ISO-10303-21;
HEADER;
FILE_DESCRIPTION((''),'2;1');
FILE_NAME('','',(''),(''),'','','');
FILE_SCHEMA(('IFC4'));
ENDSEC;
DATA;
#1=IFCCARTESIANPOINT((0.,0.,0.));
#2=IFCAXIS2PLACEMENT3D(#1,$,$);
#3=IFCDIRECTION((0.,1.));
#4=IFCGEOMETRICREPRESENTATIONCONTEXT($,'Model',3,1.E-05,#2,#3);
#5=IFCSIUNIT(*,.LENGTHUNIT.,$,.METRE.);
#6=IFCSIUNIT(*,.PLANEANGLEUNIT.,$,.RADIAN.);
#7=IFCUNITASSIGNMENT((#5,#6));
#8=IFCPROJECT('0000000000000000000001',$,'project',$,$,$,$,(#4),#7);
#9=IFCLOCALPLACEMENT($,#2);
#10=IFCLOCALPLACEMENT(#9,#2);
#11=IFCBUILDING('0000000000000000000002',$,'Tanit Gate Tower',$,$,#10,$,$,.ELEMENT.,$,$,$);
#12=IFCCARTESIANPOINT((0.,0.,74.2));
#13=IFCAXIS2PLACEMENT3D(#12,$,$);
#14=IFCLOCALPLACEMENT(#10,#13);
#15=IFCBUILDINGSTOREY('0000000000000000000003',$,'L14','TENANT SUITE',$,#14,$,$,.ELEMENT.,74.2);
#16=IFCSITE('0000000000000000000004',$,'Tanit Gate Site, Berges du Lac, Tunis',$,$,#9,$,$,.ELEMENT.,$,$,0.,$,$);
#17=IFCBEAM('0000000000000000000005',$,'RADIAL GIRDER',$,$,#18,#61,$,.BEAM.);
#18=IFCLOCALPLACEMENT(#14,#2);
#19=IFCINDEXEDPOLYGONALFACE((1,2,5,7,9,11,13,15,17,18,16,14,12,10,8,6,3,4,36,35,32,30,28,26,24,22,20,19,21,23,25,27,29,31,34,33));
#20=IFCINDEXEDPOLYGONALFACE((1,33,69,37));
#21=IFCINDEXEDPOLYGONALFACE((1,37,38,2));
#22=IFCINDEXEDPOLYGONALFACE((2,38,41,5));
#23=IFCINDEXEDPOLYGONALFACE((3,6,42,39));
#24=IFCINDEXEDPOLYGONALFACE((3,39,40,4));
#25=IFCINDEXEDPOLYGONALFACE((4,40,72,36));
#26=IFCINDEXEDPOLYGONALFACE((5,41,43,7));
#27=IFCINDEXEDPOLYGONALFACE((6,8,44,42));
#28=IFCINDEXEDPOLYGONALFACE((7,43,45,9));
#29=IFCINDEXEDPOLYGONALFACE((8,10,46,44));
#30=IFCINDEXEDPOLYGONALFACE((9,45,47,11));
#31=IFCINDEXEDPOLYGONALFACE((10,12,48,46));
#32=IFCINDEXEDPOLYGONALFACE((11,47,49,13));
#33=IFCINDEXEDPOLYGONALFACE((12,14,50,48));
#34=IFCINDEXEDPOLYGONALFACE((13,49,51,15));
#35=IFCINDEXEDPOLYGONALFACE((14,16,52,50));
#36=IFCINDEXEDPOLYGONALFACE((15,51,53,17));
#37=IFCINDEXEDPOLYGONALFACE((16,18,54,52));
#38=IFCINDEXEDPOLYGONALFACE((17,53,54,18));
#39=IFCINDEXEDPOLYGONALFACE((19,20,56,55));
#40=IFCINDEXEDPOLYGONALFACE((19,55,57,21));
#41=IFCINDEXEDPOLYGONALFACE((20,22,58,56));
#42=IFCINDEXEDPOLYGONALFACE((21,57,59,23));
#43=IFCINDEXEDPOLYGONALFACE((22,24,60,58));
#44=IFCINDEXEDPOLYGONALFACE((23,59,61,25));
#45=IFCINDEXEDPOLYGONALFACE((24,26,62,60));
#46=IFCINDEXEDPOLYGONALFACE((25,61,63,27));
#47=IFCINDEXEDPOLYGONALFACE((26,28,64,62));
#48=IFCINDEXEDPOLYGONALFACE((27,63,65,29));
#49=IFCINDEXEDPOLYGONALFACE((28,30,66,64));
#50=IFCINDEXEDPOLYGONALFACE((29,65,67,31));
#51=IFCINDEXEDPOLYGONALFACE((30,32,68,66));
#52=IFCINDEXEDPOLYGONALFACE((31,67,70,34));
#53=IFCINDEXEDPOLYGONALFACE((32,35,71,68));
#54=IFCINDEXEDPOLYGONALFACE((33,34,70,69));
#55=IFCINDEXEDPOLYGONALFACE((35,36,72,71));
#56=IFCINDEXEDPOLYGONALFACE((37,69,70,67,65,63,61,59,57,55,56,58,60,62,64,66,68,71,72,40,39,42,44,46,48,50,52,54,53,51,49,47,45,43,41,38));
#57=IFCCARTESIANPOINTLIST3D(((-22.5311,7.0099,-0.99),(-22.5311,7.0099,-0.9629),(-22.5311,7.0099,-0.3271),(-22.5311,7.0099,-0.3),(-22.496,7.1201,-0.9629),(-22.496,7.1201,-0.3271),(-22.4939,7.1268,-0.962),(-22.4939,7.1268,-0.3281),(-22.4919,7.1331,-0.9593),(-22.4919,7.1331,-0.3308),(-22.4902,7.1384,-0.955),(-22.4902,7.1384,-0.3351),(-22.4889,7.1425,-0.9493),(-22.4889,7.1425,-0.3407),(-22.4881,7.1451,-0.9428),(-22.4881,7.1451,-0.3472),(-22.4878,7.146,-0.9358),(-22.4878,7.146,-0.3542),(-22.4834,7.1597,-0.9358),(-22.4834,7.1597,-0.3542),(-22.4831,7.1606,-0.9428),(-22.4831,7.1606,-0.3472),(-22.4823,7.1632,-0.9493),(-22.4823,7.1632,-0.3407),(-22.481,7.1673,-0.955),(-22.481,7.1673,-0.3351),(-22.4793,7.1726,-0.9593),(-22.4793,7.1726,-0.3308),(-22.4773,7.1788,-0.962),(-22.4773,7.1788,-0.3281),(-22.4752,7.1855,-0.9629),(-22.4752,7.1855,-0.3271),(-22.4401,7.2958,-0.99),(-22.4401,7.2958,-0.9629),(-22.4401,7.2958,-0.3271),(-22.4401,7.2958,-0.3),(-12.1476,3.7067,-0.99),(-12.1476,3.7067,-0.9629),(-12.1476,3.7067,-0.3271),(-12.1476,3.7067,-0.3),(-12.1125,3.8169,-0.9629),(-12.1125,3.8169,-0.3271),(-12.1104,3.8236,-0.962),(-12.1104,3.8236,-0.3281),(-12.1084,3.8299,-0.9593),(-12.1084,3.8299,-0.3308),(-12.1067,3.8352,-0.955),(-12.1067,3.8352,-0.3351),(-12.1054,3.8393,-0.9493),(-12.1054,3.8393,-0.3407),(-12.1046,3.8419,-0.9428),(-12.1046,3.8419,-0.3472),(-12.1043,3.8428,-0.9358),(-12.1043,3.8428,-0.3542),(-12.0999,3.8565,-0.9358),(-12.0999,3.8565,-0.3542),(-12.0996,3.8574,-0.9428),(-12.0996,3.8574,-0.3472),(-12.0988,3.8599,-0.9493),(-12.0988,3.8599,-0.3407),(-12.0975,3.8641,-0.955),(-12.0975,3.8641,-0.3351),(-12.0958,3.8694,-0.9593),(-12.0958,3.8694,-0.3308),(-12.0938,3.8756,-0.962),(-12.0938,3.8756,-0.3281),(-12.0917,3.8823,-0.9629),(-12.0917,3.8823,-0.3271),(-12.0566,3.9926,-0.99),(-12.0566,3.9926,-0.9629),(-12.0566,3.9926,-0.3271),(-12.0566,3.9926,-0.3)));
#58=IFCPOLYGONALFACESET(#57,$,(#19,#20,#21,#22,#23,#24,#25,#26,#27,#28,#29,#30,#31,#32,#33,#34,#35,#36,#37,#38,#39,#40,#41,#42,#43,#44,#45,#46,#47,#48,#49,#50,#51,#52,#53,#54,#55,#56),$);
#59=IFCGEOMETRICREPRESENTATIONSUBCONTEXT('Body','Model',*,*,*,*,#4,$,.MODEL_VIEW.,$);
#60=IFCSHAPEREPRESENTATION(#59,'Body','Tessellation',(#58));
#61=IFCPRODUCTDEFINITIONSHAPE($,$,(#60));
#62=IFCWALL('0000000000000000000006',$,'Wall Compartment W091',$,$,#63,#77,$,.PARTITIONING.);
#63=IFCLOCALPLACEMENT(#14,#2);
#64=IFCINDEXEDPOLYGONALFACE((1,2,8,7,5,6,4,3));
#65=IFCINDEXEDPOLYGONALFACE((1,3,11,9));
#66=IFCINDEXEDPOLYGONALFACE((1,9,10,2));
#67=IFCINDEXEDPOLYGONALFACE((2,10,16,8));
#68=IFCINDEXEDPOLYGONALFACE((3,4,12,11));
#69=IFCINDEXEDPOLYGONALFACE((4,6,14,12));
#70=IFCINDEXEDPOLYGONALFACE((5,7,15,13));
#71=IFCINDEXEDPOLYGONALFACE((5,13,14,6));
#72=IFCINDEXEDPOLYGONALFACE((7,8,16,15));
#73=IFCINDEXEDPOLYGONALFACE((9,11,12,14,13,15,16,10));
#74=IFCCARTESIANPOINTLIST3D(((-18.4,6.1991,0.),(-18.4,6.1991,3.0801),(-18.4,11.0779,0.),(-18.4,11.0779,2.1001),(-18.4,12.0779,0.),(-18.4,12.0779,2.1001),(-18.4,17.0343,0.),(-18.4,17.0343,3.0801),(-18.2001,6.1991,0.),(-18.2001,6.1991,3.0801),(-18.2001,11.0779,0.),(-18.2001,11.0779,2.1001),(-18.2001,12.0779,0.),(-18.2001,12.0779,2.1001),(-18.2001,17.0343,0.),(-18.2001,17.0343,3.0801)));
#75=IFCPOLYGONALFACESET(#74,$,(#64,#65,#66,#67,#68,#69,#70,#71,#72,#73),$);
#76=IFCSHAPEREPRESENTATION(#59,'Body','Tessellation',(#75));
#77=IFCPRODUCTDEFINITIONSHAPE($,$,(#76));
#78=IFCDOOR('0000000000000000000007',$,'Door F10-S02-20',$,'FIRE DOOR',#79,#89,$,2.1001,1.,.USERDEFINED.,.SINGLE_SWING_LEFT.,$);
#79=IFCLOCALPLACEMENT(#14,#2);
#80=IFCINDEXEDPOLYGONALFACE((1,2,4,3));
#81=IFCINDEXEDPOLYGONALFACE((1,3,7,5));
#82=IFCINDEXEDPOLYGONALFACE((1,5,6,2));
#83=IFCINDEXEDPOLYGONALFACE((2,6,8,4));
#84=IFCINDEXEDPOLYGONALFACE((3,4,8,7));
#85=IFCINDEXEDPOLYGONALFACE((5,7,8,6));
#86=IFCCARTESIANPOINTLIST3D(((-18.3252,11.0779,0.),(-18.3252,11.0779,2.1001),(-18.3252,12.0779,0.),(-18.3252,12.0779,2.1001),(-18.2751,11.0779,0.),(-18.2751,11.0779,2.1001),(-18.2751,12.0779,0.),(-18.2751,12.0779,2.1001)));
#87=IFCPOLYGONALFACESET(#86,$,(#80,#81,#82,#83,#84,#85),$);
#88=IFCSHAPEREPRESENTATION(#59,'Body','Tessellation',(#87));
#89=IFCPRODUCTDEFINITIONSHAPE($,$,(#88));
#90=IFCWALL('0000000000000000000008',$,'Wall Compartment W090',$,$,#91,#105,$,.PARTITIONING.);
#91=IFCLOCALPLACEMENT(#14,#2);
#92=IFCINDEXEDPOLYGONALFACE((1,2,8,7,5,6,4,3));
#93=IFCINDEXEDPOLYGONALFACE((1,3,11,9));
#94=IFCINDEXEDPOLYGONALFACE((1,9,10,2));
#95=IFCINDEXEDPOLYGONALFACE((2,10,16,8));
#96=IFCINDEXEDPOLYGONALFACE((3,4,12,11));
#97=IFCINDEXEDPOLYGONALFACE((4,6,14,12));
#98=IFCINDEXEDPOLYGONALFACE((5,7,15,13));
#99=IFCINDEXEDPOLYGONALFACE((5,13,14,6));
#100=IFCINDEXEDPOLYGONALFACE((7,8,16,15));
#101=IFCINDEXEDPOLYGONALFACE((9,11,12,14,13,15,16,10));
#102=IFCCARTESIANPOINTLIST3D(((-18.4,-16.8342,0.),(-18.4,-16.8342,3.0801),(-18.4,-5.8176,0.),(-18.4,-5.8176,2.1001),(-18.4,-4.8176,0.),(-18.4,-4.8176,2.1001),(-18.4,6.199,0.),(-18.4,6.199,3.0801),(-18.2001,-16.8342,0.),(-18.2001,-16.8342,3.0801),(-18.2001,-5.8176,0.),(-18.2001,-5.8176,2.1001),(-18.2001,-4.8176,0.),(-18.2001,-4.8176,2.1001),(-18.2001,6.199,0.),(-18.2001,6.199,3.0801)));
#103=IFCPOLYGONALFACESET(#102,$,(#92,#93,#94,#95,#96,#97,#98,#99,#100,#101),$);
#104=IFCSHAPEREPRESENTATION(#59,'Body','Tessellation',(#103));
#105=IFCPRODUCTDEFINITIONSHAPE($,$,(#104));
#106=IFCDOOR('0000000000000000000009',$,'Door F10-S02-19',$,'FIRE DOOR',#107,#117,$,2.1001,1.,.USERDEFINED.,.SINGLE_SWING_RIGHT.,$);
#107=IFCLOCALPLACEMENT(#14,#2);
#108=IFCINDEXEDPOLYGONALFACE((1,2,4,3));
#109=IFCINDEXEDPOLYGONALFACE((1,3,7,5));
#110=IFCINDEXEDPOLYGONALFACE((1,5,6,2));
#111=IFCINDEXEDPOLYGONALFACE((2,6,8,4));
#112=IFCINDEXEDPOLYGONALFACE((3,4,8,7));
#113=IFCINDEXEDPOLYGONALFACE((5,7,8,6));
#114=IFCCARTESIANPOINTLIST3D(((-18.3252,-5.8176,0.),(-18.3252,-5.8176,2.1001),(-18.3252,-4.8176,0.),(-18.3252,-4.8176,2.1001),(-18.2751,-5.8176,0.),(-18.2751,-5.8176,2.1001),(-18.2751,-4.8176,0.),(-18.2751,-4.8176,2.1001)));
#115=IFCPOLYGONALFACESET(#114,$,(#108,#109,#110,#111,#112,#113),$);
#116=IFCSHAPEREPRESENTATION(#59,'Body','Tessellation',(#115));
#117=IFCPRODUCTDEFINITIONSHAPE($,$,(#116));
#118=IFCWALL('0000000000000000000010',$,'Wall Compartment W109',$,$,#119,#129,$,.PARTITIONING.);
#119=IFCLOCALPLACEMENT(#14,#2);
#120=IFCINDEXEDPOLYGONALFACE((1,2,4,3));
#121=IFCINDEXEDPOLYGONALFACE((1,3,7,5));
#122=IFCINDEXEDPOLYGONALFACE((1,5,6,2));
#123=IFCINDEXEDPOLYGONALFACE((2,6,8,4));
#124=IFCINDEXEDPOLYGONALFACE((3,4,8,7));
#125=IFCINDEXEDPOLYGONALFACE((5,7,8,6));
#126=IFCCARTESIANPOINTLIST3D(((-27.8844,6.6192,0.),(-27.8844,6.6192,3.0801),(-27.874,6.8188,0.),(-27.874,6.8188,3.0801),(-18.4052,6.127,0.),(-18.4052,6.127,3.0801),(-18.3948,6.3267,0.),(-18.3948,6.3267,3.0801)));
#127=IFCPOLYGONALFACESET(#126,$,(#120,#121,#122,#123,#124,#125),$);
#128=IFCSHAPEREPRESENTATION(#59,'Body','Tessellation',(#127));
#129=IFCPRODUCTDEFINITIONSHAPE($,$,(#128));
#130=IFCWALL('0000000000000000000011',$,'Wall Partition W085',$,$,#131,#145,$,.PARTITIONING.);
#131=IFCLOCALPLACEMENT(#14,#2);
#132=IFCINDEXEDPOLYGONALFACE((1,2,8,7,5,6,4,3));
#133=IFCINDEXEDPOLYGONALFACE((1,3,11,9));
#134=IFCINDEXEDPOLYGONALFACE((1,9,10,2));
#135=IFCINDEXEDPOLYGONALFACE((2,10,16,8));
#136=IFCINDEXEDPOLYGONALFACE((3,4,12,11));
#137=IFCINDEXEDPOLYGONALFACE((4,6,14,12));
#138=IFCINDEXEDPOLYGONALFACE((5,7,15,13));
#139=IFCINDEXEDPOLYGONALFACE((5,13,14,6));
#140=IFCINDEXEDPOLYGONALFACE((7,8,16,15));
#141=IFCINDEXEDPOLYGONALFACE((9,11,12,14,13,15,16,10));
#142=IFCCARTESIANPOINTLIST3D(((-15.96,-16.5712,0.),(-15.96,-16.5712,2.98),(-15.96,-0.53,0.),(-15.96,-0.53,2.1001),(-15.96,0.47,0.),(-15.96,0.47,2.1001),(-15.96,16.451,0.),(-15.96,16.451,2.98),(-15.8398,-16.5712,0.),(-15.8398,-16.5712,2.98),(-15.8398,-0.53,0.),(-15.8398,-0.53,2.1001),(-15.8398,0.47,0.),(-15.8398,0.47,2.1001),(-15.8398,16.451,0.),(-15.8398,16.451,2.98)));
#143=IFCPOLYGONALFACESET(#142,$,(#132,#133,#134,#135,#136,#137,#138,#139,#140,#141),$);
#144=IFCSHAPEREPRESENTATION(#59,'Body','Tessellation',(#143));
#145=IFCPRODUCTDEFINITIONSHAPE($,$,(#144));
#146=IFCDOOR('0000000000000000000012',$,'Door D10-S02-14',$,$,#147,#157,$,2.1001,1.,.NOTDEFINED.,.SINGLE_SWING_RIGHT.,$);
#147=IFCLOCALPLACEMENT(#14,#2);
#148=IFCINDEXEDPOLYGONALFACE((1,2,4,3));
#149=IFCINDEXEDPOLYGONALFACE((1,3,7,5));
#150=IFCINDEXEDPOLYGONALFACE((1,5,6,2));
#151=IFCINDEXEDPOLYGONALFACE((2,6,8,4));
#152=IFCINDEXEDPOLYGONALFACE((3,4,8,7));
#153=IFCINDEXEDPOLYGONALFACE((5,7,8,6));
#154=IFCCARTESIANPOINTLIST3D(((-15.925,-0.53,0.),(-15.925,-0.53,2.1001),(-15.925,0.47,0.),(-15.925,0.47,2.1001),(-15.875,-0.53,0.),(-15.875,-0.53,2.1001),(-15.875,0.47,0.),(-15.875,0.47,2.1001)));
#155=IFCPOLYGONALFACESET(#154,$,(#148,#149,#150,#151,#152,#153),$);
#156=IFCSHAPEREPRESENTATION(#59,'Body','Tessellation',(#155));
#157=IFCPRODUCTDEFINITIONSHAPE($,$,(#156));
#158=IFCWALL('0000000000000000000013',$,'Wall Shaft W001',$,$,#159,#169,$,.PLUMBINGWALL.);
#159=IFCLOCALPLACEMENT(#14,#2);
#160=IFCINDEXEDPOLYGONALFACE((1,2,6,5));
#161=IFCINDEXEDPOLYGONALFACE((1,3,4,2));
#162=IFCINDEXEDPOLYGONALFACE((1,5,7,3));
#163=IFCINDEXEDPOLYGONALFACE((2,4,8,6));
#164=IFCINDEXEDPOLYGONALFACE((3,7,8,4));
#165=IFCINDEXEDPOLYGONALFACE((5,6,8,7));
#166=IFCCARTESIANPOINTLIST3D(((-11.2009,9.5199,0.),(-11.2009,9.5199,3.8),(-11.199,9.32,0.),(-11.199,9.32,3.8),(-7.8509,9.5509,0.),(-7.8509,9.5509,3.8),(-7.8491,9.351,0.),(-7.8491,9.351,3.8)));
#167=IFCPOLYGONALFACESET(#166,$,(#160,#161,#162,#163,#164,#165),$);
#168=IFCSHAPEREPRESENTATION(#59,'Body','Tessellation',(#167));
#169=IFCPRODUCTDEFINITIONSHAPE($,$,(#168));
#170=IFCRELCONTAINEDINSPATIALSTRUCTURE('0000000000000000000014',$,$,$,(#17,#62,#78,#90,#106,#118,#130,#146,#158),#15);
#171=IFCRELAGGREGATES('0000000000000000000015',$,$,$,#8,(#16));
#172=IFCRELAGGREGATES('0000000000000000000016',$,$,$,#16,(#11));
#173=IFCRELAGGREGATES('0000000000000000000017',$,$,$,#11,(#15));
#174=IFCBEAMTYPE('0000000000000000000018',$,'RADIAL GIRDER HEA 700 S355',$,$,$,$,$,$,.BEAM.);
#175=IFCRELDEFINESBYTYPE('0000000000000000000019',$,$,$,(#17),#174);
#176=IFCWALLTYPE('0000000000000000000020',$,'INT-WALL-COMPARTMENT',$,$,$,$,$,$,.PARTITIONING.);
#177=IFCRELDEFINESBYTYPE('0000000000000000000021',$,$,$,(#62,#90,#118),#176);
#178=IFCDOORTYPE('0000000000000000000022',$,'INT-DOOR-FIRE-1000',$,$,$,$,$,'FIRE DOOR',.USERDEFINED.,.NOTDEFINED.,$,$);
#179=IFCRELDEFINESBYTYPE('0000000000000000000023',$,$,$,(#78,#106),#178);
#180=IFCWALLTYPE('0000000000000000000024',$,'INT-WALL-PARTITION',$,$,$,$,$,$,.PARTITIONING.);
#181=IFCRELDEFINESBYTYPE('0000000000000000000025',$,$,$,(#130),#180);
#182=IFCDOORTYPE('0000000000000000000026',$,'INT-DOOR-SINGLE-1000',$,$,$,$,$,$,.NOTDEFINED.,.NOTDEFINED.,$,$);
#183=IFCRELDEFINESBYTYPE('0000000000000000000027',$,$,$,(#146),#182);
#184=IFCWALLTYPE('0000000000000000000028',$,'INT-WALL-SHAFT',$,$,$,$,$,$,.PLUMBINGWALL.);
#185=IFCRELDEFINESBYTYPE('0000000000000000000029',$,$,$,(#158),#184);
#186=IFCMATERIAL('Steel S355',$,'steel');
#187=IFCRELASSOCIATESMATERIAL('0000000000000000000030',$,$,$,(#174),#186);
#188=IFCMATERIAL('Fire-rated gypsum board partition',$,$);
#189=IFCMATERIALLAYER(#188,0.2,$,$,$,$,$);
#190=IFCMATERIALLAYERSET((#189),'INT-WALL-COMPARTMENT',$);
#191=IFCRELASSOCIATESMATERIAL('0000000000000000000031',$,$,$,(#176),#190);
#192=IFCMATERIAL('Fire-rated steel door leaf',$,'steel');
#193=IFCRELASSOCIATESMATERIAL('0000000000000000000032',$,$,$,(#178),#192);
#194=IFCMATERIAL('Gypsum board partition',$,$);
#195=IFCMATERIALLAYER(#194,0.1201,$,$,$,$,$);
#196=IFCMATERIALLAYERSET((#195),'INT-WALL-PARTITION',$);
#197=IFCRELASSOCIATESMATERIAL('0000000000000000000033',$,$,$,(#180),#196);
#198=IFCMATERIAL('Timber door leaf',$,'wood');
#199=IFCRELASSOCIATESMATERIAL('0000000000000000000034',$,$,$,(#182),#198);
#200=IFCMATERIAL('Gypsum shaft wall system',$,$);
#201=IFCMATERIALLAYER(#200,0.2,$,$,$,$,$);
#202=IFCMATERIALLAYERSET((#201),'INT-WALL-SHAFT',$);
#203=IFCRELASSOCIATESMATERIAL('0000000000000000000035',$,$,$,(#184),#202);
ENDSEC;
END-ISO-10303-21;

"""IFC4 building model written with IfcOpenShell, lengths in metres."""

from ifc_helpers import new_model, si_unit, direction, frame, frame_2d, origin, origin_2d, place, context, subcontext, project, spatial, rectangle, i_section, extrude, material, layer, layer_set, material_profile, profile_set, type_object, element, fill, save


model = new_model("IFC4")

# Units and contexts
model_context = context("Model", 3, precision=1e-05, world=origin(), true_north=direction((0.0, 1.0)))
body_context = subcontext(model_context, "Body", "Model", "MODEL_VIEW")
ifc_project = project(units=[si_unit("LENGTHUNIT", "METRE"), si_unit("PLANEANGLEUNIT", "RADIAN")], contexts=[model_context])

# Site, building, storey
site_placement = place(None, origin())
site = spatial("IfcSite", under=ifc_project, at=site_placement, Name="Tanit Gate Site, Berges du Lac, Tunis", CompositionType="ELEMENT", RefElevation=0.0)
building_placement = place(site_placement, origin())
building = spatial("IfcBuilding", under=site, at=building_placement, Name="Tanit Gate Tower", CompositionType="ELEMENT")
storey_placement = place(building_placement, frame((0.0, 0.0, 74.2)))
storey = spatial("IfcBuildingStorey", under=building, at=storey_placement, Name="L14", Description="TENANT SUITE", CompositionType="ELEMENT", Elevation=74.2)

# Beam
ifc_material_1 = material(Name="Steel S355", Category="steel")
ifc_material_profile = material_profile(ifc_material_1, i_section(OverallWidth=0.3, OverallDepth=0.6899, WebThickness=0.0144, FlangeThickness=0.0271, FilletRadius=0.0271, at=origin_2d()), Name="HEA 700")
ifc_profile_set = profile_set([ifc_material_profile], Name="Steel S355")
beam_type = type_object("IfcBeamType", Name="RADIAL GIRDER HEA 700 S355", PredefinedType="BEAM", material=ifc_profile_set)
beam_placement = place(storey_placement, frame((-22.4856, 7.1528, -0.645), z_axis=(0.952943, -0.303151, 0.0), x_axis=(0.303151, 0.952943, 0.0)))
element("IfcBeam", 1, at=beam_placement, inside=storey, type_object=beam_type, Name="RADIAL GIRDER", PredefinedType="BEAM", context=body_context, shape_type="SweptSolid", body=[
    extrude(i_section(OverallWidth=0.3, OverallDepth=0.6899, WebThickness=0.0144, FlangeThickness=0.0271, FilletRadius=0.0271, at=origin_2d()), origin(), (0.0, 0.0, 1.0), 10.8962),
])

# Walls, openings, doors
ifc_material_2 = material(Name="Fire-rated gypsum board partition")
ifc_layer_1 = layer(ifc_material_2, 0.2)
ifc_layer_set_1 = layer_set([ifc_layer_1], Name="INT-WALL-COMPARTMENT")
wall_type_1 = type_object("IfcWallType", Name="INT-WALL-COMPARTMENT", PredefinedType="PARTITIONING", material=ifc_layer_set_1)
wall_1_placement = place(storey_placement, frame((-18.3, 17.0342, 0.0), z_axis=(0.0, 0.0, 1.0), x_axis=(0.0, -1.0, 0.0)))
wall_1 = element("IfcWall", 2, at=wall_1_placement, inside=storey, type_object=wall_type_1, Name="Wall Compartment W091", PredefinedType="PARTITIONING", context=body_context, shape_type="SweptSolid", body=[
    extrude(rectangle(XDim=10.8352, YDim=0.2, at=frame_2d((5.4175, 0.0))), origin(), (0.0, 0.0, 1.0), 3.0801),
])
opening_1_placement = place(wall_1_placement, frame((4.9563, 0.0, 0.0)))
opening_1 = element("IfcOpeningElement", 3, at=opening_1_placement, cuts=wall_1, PredefinedType="OPENING", context=body_context, shape_type="SweptSolid", body=[
    extrude(rectangle(XDim=1.0, YDim=2.1001, at=frame_2d((0.5, 1.05))), frame((0.0, 0.1099, 0.0), z_axis=(0.0, -1.0, 0.0), x_axis=(1.0, 0.0, 0.0)), (0.0, 0.0, 1.0), 0.22),
])
ifc_material_3 = material(Name="Fire-rated steel door leaf", Category="steel")
door_type_1 = type_object("IfcDoorType", Name="INT-DOOR-FIRE-1000", ElementType="FIRE DOOR", OperationType="NOTDEFINED", PredefinedType="USERDEFINED", material=ifc_material_3)
door_1_placement = place(opening_1_placement, origin())
door_1 = element("IfcDoor", 4, at=door_1_placement, inside=storey, type_object=door_type_1, Name="Door F10-S02-20", ObjectType="FIRE DOOR", OperationType="SINGLE_SWING_LEFT", OverallHeight=2.1001, OverallWidth=1.0, PredefinedType="USERDEFINED", context=body_context, shape_type="SweptSolid", body=[
    extrude(rectangle(XDim=1.0, YDim=2.1001, at=frame_2d((0.5, 1.05))), frame((0.0, 0.0249, 0.0), z_axis=(0.0, -1.0, 0.0), x_axis=(1.0, 0.0, 0.0)), (0.0, 0.0, 1.0), 0.05),
])
fill(opening_1, door_1)
wall_2_placement = place(storey_placement, frame((-18.3, 6.199, 0.0), z_axis=(0.0, 0.0, 1.0), x_axis=(0.0, -1.0, 0.0)))
wall_2 = element("IfcWall", 5, at=wall_2_placement, inside=storey, type_object=wall_type_1, Name="Wall Compartment W090", PredefinedType="PARTITIONING", context=body_context, shape_type="SweptSolid", body=[
    extrude(rectangle(XDim=23.0332, YDim=0.2, at=frame_2d((11.5166, 0.0))), origin(), (0.0, 0.0, 1.0), 3.0801),
])
opening_2_placement = place(wall_2_placement, frame((11.0166, 0.0, 0.0)))
opening_2 = element("IfcOpeningElement", 6, at=opening_2_placement, cuts=wall_2, PredefinedType="OPENING", context=body_context, shape_type="SweptSolid", body=[
    extrude(rectangle(XDim=1.0, YDim=2.1001, at=frame_2d((0.5, 1.05))), frame((0.0, 0.1099, 0.0), z_axis=(0.0, -1.0, 0.0), x_axis=(1.0, 0.0, 0.0)), (0.0, 0.0, 1.0), 0.22),
])
door_2_placement = place(opening_2_placement, origin())
door_2 = element("IfcDoor", 7, at=door_2_placement, inside=storey, type_object=door_type_1, Name="Door F10-S02-19", ObjectType="FIRE DOOR", OperationType="SINGLE_SWING_RIGHT", OverallHeight=2.1001, OverallWidth=1.0, PredefinedType="USERDEFINED", context=body_context, shape_type="SweptSolid", body=[
    extrude(rectangle(XDim=1.0, YDim=2.1001, at=frame_2d((0.5, 1.05))), frame((0.0, 0.0249, 0.0), z_axis=(0.0, -1.0, 0.0), x_axis=(1.0, 0.0, 0.0)), (0.0, 0.0, 1.0), 0.05),
])
fill(opening_2, door_2)

# Wall
wall_3_placement = place(storey_placement, frame((-18.3999, 6.2268, 0.0), z_axis=(0.0, 0.0, 1.0), x_axis=(-0.998655, 0.051853, 0.0)))
element("IfcWall", 8, at=wall_3_placement, inside=storey, type_object=wall_type_1, Name="Wall Compartment W109", PredefinedType="PARTITIONING", context=body_context, shape_type="SweptSolid", body=[
    extrude(rectangle(XDim=9.4919, YDim=0.2, at=frame_2d((4.7461, 0.0))), origin(), (0.0, 0.0, 1.0), 3.0801),
])

# Wall, opening, door
ifc_material_4 = material(Name="Gypsum board partition")
ifc_layer_2 = layer(ifc_material_4, 0.1201)
ifc_layer_set_2 = layer_set([ifc_layer_2], Name="INT-WALL-PARTITION")
wall_type_2 = type_object("IfcWallType", Name="INT-WALL-PARTITION", PredefinedType="PARTITIONING", material=ifc_layer_set_2)
wall_4_placement = place(storey_placement, frame((-15.8999, 16.4512, 0.0), z_axis=(0.0, 0.0, 1.0), x_axis=(0.0, -1.0, 0.0)))
wall_4 = element("IfcWall", 9, at=wall_4_placement, inside=storey, type_object=wall_type_2, Name="Wall Partition W085", PredefinedType="PARTITIONING", context=body_context, shape_type="SweptSolid", body=[
    extrude(rectangle(XDim=33.0222, YDim=0.1201, at=frame_2d((16.5112, 0.0))), origin(), (0.0, 0.0, 1.0), 2.98),
])
opening_3_placement = place(wall_4_placement, frame((15.9812, 0.0, 0.0)))
opening_3 = element("IfcOpeningElement", 10, at=opening_3_placement, cuts=wall_4, PredefinedType="OPENING", context=body_context, shape_type="SweptSolid", body=[
    extrude(rectangle(XDim=1.0, YDim=2.1001, at=frame_2d((0.5, 1.05))), frame((0.0, 0.0701, 0.0), z_axis=(0.0, -1.0, 0.0), x_axis=(1.0, 0.0, 0.0)), (0.0, 0.0, 1.0), 0.1401),
])
ifc_material_5 = material(Name="Timber door leaf", Category="wood")
door_type_2 = type_object("IfcDoorType", Name="INT-DOOR-SINGLE-1000", OperationType="NOTDEFINED", PredefinedType="NOTDEFINED", material=ifc_material_5)
door_3_placement = place(opening_3_placement, origin())
door_3 = element("IfcDoor", 11, at=door_3_placement, inside=storey, type_object=door_type_2, Name="Door D10-S02-14", OperationType="SINGLE_SWING_RIGHT", OverallHeight=2.1001, OverallWidth=1.0, PredefinedType="NOTDEFINED", context=body_context, shape_type="SweptSolid", body=[
    extrude(rectangle(XDim=1.0, YDim=2.1001, at=frame_2d((0.5, 1.05))), frame((0.0, 0.0249, 0.0), z_axis=(0.0, -1.0, 0.0), x_axis=(1.0, 0.0, 0.0)), (0.0, 0.0, 1.0), 0.05),
])
fill(opening_3, door_3)

# Wall
ifc_material_6 = material(Name="Gypsum shaft wall system")
ifc_layer_3 = layer(ifc_material_6, 0.2)
ifc_layer_set_3 = layer_set([ifc_layer_3], Name="INT-WALL-SHAFT")
wall_type_3 = type_object("IfcWallType", Name="INT-WALL-SHAFT", PredefinedType="PLUMBINGWALL", material=ifc_layer_set_3)
wall_5_placement = place(storey_placement, frame((-11.2, 9.4199, 0.0), z_axis=(0.0, 0.0, 1.0), x_axis=(0.999957, 0.009255, 0.0)))
element("IfcWall", 12, at=wall_5_placement, inside=storey, type_object=wall_type_3, Name="Wall Shaft W001", PredefinedType="PLUMBINGWALL", context=body_context, shape_type="SweptSolid", body=[
    extrude(rectangle(XDim=3.3501, YDim=0.2, at=frame_2d((1.675, 0.0))), origin(), (0.0, 0.0, 1.0), 3.8),
])

save(model, "model.ifc")
